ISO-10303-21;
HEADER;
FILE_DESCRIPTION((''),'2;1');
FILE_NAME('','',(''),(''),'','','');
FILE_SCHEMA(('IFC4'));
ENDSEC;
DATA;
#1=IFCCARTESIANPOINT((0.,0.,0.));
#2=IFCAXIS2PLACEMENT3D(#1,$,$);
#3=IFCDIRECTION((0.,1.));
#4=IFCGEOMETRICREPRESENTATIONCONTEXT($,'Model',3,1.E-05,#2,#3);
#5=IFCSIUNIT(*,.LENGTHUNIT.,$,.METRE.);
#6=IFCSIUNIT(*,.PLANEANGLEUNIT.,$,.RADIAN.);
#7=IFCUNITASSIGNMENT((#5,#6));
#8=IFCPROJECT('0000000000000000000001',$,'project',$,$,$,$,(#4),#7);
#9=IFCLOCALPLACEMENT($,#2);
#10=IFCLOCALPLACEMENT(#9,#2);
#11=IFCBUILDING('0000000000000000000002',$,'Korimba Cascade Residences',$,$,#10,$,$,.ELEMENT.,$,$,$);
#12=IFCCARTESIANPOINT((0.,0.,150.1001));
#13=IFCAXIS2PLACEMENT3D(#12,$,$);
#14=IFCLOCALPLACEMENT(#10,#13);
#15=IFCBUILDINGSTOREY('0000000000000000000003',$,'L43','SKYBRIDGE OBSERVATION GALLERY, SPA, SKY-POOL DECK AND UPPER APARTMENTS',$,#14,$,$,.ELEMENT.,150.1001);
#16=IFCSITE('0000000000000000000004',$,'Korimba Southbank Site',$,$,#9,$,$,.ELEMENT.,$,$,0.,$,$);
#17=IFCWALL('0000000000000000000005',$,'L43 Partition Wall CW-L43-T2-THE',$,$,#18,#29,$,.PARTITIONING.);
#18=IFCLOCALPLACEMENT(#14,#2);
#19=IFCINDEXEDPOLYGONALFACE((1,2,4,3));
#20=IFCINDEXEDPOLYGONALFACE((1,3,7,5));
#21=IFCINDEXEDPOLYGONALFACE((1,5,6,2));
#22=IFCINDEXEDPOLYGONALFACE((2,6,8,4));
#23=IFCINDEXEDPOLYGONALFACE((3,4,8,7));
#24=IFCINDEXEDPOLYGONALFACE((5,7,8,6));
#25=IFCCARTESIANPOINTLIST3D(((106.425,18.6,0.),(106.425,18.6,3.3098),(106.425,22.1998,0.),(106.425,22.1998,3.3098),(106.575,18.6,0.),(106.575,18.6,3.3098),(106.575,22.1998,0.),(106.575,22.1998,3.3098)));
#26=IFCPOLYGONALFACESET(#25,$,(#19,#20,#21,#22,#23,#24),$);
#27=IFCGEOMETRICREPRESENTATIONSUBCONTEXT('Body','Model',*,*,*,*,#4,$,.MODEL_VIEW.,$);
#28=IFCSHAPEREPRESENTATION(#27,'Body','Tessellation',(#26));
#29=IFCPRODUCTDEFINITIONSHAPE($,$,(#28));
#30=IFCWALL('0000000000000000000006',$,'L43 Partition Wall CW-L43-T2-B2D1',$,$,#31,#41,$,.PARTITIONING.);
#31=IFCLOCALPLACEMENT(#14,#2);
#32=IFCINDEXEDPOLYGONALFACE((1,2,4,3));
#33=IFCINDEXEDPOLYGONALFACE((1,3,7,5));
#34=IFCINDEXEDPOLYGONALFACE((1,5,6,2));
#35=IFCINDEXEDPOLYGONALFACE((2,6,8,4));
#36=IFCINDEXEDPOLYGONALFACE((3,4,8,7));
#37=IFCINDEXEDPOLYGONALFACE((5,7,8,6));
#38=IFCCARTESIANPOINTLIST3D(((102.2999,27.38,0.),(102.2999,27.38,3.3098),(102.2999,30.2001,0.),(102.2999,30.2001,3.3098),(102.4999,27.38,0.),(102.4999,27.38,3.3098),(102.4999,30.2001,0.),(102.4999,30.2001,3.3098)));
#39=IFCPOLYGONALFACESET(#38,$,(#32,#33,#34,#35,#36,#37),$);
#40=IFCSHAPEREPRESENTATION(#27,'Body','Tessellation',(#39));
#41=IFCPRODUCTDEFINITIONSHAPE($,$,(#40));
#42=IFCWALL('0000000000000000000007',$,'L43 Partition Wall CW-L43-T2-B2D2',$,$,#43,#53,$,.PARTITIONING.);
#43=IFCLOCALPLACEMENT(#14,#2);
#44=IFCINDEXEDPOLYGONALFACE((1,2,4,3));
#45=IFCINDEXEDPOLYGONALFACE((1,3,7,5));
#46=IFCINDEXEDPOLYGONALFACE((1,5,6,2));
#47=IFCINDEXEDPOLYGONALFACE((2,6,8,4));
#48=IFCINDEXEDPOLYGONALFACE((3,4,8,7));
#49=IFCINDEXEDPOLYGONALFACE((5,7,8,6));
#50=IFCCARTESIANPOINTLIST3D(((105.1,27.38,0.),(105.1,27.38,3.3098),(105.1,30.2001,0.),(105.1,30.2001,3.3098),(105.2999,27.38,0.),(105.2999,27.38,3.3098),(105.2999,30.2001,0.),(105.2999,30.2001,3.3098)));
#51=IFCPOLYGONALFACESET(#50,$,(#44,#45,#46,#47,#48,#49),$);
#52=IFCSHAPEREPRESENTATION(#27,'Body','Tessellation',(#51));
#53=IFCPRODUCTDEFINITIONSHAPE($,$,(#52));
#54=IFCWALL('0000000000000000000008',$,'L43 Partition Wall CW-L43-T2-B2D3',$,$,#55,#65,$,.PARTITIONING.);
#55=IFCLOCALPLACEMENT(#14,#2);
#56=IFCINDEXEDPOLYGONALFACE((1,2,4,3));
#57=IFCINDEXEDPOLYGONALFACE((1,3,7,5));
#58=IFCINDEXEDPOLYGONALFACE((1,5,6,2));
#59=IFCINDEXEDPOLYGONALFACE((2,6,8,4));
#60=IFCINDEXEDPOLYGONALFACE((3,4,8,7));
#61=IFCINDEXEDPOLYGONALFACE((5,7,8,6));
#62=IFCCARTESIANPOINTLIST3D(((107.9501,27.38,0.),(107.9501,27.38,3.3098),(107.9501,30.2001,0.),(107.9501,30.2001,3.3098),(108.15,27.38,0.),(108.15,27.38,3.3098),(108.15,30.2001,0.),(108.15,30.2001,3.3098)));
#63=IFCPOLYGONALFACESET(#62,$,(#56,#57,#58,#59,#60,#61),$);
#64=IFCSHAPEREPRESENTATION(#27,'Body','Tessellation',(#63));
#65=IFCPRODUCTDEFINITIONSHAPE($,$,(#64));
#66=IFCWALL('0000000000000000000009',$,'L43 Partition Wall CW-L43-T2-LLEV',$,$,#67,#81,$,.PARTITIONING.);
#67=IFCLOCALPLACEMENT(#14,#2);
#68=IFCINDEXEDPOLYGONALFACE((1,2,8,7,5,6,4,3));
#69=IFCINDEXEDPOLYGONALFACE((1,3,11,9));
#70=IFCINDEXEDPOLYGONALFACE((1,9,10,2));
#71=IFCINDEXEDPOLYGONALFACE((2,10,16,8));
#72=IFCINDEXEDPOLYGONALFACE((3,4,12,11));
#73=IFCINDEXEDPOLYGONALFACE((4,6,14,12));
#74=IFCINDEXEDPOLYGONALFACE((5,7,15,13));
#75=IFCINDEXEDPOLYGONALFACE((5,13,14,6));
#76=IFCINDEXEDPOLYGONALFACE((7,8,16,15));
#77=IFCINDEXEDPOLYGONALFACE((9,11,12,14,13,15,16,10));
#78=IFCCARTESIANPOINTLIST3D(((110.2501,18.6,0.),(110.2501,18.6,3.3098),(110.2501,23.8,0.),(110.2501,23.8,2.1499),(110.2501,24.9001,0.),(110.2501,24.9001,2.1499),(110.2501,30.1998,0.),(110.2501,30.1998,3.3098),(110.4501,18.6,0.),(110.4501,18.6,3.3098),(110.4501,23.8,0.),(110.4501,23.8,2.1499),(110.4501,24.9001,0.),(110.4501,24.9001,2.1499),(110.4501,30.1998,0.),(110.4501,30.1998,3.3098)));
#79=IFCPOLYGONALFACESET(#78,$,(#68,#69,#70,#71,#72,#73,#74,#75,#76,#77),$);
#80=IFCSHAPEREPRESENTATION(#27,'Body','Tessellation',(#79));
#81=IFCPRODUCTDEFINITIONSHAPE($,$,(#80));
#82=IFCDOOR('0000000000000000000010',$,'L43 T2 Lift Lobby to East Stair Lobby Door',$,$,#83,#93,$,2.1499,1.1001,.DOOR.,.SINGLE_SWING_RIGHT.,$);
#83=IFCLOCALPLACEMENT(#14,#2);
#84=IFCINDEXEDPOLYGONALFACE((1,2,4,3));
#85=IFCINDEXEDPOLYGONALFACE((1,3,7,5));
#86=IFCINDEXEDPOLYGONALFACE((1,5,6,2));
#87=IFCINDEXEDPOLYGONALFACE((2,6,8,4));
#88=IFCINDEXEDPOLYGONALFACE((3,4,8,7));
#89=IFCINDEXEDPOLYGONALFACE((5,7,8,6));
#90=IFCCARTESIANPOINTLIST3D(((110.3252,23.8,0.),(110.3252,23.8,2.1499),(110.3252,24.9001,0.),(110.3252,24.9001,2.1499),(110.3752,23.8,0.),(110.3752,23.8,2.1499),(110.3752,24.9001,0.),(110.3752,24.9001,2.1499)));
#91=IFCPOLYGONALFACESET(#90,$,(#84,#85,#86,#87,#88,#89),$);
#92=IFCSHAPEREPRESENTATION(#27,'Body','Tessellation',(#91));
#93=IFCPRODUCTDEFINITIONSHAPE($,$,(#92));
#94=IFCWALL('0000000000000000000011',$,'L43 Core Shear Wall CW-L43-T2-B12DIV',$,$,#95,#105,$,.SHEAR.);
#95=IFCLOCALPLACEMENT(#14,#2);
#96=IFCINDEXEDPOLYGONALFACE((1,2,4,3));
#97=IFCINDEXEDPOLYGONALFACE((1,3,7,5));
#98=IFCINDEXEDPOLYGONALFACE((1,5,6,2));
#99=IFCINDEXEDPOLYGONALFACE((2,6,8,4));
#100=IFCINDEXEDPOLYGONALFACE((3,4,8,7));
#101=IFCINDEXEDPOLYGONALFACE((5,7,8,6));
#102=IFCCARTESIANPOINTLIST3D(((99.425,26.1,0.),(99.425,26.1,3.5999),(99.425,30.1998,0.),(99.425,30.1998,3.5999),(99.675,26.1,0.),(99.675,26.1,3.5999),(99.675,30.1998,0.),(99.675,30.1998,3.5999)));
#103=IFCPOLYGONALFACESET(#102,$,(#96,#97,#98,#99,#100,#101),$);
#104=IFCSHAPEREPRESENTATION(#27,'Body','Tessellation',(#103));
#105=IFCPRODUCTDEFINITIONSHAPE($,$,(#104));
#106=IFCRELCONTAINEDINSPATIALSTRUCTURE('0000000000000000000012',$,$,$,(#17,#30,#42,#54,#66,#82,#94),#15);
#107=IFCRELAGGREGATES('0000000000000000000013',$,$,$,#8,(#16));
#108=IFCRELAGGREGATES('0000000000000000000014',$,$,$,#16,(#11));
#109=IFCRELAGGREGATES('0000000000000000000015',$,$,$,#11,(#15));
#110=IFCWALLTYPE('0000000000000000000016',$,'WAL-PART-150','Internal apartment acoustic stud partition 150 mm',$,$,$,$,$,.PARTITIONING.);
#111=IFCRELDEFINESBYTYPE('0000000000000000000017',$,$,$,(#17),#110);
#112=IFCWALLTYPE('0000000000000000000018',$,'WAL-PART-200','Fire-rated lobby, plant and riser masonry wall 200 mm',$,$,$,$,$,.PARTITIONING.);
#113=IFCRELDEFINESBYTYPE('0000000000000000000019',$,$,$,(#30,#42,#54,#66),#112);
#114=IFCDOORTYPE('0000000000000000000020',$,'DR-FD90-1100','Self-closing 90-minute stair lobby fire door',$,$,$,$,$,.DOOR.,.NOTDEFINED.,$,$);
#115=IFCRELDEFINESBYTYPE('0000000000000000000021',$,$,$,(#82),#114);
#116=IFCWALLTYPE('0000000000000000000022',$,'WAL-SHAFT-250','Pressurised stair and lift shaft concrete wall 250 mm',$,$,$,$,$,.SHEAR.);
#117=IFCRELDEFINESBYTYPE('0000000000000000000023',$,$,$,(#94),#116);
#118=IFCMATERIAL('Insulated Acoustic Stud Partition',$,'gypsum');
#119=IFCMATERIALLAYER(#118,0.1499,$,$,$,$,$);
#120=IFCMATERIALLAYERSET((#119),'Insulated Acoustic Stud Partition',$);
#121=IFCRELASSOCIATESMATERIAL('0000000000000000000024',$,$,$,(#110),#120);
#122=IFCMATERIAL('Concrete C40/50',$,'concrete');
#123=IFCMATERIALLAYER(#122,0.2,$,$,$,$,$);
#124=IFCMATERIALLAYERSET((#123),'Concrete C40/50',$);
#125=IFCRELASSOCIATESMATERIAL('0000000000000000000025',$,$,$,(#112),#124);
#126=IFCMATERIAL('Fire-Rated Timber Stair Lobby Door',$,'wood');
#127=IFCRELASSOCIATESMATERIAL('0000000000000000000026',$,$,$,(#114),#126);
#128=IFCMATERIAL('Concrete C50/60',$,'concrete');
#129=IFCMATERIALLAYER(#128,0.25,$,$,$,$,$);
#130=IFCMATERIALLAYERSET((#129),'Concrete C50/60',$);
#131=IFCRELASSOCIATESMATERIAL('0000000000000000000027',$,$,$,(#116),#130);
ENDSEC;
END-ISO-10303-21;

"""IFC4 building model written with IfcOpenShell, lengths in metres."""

from ifc_helpers import new_model, si_unit, direction, frame, frame_2d, origin, place, context, subcontext, project, spatial, rectangle, extrude, material, layer, layer_set, type_object, element, fill, save


model = new_model("IFC4")

# Units and contexts
model_context = context("Model", 3, precision=1e-05, world=origin(), true_north=direction((0.0, 1.0)))
body_context = subcontext(model_context, "Body", "Model", "MODEL_VIEW")
ifc_project = project(units=[si_unit("LENGTHUNIT", "METRE"), si_unit("PLANEANGLEUNIT", "RADIAN")], contexts=[model_context])

# Site, building, storey
site_placement = place(None, origin())
site = spatial("IfcSite", under=ifc_project, at=site_placement, Name="Korimba Southbank Site", CompositionType="ELEMENT", RefElevation=0.0)
building_placement = place(site_placement, origin())
building = spatial("IfcBuilding", under=site, at=building_placement, Name="Korimba Cascade Residences", CompositionType="ELEMENT")
storey_placement = place(building_placement, frame((0.0, 0.0, 150.1001)))
storey = spatial("IfcBuildingStorey", under=building, at=storey_placement, Name="L43", Description="SKYBRIDGE OBSERVATION GALLERY, SPA, SKY-POOL DECK AND UPPER APARTMENTS", CompositionType="ELEMENT", Elevation=150.1001)

# Walls
ifc_material_1 = material(Name="Insulated Acoustic Stud Partition", Category="gypsum")
ifc_layer_1 = layer(ifc_material_1, 0.1499)
ifc_layer_set_1 = layer_set([ifc_layer_1], Name="Insulated Acoustic Stud Partition")
wall_type_1 = type_object("IfcWallType", Name="WAL-PART-150", Description="Internal apartment acoustic stud partition 150 mm", PredefinedType="PARTITIONING", material=ifc_layer_set_1)
for number, where, z_axis, x_axis, name in (
    (1, (106.5, 18.6001, 0.0), (0.0, 0.0, 1.0), (0.0, 1.0, 0.0), "L43 Partition Wall CW-L43-T2-THE"),
):
    element("IfcWall", number, at=place(storey_placement, frame(where, z_axis=z_axis, x_axis=x_axis)), inside=storey, type_object=wall_type_1, Name=name, PredefinedType="PARTITIONING", context=body_context, shape_type="SweptSolid", body=[
        extrude(rectangle(XDim=3.5999, YDim=0.1499, at=frame_2d((1.7998, 0.0))), origin(), (0.0, 0.0, 1.0), 3.3098),
    ])
ifc_material_2 = material(Name="Concrete C40/50", Category="concrete")
ifc_layer_2 = layer(ifc_material_2, 0.2)
ifc_layer_set_2 = layer_set([ifc_layer_2], Name="Concrete C40/50")
wall_type_2 = type_object("IfcWallType", Name="WAL-PART-200", Description="Fire-rated lobby, plant and riser masonry wall 200 mm", PredefinedType="PARTITIONING", material=ifc_layer_set_2)
for number, where, z_axis, x_axis, name in (
    (2, (102.3999, 27.3799, 0.0), (0.0, 0.0, 1.0), (0.0, 1.0, 0.0), "L43 Partition Wall CW-L43-T2-B2D1"),
    (3, (105.2, 27.3799, 0.0), (0.0, 0.0, 1.0), (0.0, 1.0, 0.0), "L43 Partition Wall CW-L43-T2-B2D2"),
    (4, (108.05, 27.3799, 0.0), (0.0, 0.0, 1.0), (0.0, 1.0, 0.0), "L43 Partition Wall CW-L43-T2-B2D3"),
):
    element("IfcWall", number, at=place(storey_placement, frame(where, z_axis=z_axis, x_axis=x_axis)), inside=storey, type_object=wall_type_2, Name=name, PredefinedType="PARTITIONING", context=body_context, shape_type="SweptSolid", body=[
        extrude(rectangle(XDim=2.8201, YDim=0.2, at=frame_2d((1.4102, 0.0))), origin(), (0.0, 0.0, 1.0), 3.3098),
    ])

# Wall, opening, door
wall_1_placement = place(storey_placement, frame((110.3501, 18.6001, 0.0), z_axis=(0.0, 0.0, 1.0), x_axis=(0.0, 1.0, 0.0)))
wall_1 = element("IfcWall", 5, at=wall_1_placement, inside=storey, type_object=wall_type_2, Name="L43 Partition Wall CW-L43-T2-LLEV", PredefinedType="PARTITIONING", context=body_context, shape_type="SweptSolid", body=[
    extrude(rectangle(XDim=11.5999, YDim=0.2, at=frame_2d((5.7998, 0.0))), origin(), (0.0, 0.0, 1.0), 3.3098),
])
opening_1_placement = place(wall_1_placement, frame((5.2, 0.0, 0.0)))
opening_1 = element("IfcOpeningElement", 6, at=opening_1_placement, cuts=wall_1, PredefinedType="OPENING", context=body_context, shape_type="SweptSolid", body=[
    extrude(rectangle(XDim=1.1001, YDim=2.1499, at=frame_2d((0.55, 1.075))), frame((0.0, 0.1099, 0.0), z_axis=(0.0, -1.0, 0.0), x_axis=(1.0, 0.0, 0.0)), (0.0, 0.0, 1.0), 0.22),
])
ifc_material_3 = material(Name="Fire-Rated Timber Stair Lobby Door", Category="wood")
door_type_1 = type_object("IfcDoorType", Name="DR-FD90-1100", Description="Self-closing 90-minute stair lobby fire door", OperationType="NOTDEFINED", PredefinedType="DOOR", material=ifc_material_3)
door_1_placement = place(opening_1_placement, origin())
door_1 = element("IfcDoor", 7, at=door_1_placement, inside=storey, type_object=door_type_1, Name="L43 T2 Lift Lobby to East Stair Lobby Door", OperationType="SINGLE_SWING_RIGHT", OverallHeight=2.1499, OverallWidth=1.1001, PredefinedType="DOOR", context=body_context, shape_type="SweptSolid", body=[
    extrude(rectangle(XDim=1.1001, YDim=2.1499, at=frame_2d((0.55, 1.075))), frame((0.0, 0.0249, 0.0), z_axis=(0.0, -1.0, 0.0), x_axis=(1.0, 0.0, 0.0)), (0.0, 0.0, 1.0), 0.05),
])
fill(opening_1, door_1)

# Wall
ifc_material_4 = material(Name="Concrete C50/60", Category="concrete")
ifc_layer_3 = layer(ifc_material_4, 0.25)
ifc_layer_set_3 = layer_set([ifc_layer_3], Name="Concrete C50/60")
wall_type_3 = type_object("IfcWallType", Name="WAL-SHAFT-250", Description="Pressurised stair and lift shaft concrete wall 250 mm", PredefinedType="SHEAR", material=ifc_layer_set_3)
wall_2_placement = place(storey_placement, frame((99.55, 26.1001, 0.0), z_axis=(0.0, 0.0, 1.0), x_axis=(0.0, 1.0, 0.0)))
element("IfcWall", 8, at=wall_2_placement, inside=storey, type_object=wall_type_3, Name="L43 Core Shear Wall CW-L43-T2-B12DIV", PredefinedType="SHEAR", context=body_context, shape_type="SweptSolid", body=[
    extrude(rectangle(XDim=4.0999, YDim=0.25, at=frame_2d((2.0498, 0.0))), origin(), (0.0, 0.0, 1.0), 3.5999),
])

save(model, "model.ifc")
